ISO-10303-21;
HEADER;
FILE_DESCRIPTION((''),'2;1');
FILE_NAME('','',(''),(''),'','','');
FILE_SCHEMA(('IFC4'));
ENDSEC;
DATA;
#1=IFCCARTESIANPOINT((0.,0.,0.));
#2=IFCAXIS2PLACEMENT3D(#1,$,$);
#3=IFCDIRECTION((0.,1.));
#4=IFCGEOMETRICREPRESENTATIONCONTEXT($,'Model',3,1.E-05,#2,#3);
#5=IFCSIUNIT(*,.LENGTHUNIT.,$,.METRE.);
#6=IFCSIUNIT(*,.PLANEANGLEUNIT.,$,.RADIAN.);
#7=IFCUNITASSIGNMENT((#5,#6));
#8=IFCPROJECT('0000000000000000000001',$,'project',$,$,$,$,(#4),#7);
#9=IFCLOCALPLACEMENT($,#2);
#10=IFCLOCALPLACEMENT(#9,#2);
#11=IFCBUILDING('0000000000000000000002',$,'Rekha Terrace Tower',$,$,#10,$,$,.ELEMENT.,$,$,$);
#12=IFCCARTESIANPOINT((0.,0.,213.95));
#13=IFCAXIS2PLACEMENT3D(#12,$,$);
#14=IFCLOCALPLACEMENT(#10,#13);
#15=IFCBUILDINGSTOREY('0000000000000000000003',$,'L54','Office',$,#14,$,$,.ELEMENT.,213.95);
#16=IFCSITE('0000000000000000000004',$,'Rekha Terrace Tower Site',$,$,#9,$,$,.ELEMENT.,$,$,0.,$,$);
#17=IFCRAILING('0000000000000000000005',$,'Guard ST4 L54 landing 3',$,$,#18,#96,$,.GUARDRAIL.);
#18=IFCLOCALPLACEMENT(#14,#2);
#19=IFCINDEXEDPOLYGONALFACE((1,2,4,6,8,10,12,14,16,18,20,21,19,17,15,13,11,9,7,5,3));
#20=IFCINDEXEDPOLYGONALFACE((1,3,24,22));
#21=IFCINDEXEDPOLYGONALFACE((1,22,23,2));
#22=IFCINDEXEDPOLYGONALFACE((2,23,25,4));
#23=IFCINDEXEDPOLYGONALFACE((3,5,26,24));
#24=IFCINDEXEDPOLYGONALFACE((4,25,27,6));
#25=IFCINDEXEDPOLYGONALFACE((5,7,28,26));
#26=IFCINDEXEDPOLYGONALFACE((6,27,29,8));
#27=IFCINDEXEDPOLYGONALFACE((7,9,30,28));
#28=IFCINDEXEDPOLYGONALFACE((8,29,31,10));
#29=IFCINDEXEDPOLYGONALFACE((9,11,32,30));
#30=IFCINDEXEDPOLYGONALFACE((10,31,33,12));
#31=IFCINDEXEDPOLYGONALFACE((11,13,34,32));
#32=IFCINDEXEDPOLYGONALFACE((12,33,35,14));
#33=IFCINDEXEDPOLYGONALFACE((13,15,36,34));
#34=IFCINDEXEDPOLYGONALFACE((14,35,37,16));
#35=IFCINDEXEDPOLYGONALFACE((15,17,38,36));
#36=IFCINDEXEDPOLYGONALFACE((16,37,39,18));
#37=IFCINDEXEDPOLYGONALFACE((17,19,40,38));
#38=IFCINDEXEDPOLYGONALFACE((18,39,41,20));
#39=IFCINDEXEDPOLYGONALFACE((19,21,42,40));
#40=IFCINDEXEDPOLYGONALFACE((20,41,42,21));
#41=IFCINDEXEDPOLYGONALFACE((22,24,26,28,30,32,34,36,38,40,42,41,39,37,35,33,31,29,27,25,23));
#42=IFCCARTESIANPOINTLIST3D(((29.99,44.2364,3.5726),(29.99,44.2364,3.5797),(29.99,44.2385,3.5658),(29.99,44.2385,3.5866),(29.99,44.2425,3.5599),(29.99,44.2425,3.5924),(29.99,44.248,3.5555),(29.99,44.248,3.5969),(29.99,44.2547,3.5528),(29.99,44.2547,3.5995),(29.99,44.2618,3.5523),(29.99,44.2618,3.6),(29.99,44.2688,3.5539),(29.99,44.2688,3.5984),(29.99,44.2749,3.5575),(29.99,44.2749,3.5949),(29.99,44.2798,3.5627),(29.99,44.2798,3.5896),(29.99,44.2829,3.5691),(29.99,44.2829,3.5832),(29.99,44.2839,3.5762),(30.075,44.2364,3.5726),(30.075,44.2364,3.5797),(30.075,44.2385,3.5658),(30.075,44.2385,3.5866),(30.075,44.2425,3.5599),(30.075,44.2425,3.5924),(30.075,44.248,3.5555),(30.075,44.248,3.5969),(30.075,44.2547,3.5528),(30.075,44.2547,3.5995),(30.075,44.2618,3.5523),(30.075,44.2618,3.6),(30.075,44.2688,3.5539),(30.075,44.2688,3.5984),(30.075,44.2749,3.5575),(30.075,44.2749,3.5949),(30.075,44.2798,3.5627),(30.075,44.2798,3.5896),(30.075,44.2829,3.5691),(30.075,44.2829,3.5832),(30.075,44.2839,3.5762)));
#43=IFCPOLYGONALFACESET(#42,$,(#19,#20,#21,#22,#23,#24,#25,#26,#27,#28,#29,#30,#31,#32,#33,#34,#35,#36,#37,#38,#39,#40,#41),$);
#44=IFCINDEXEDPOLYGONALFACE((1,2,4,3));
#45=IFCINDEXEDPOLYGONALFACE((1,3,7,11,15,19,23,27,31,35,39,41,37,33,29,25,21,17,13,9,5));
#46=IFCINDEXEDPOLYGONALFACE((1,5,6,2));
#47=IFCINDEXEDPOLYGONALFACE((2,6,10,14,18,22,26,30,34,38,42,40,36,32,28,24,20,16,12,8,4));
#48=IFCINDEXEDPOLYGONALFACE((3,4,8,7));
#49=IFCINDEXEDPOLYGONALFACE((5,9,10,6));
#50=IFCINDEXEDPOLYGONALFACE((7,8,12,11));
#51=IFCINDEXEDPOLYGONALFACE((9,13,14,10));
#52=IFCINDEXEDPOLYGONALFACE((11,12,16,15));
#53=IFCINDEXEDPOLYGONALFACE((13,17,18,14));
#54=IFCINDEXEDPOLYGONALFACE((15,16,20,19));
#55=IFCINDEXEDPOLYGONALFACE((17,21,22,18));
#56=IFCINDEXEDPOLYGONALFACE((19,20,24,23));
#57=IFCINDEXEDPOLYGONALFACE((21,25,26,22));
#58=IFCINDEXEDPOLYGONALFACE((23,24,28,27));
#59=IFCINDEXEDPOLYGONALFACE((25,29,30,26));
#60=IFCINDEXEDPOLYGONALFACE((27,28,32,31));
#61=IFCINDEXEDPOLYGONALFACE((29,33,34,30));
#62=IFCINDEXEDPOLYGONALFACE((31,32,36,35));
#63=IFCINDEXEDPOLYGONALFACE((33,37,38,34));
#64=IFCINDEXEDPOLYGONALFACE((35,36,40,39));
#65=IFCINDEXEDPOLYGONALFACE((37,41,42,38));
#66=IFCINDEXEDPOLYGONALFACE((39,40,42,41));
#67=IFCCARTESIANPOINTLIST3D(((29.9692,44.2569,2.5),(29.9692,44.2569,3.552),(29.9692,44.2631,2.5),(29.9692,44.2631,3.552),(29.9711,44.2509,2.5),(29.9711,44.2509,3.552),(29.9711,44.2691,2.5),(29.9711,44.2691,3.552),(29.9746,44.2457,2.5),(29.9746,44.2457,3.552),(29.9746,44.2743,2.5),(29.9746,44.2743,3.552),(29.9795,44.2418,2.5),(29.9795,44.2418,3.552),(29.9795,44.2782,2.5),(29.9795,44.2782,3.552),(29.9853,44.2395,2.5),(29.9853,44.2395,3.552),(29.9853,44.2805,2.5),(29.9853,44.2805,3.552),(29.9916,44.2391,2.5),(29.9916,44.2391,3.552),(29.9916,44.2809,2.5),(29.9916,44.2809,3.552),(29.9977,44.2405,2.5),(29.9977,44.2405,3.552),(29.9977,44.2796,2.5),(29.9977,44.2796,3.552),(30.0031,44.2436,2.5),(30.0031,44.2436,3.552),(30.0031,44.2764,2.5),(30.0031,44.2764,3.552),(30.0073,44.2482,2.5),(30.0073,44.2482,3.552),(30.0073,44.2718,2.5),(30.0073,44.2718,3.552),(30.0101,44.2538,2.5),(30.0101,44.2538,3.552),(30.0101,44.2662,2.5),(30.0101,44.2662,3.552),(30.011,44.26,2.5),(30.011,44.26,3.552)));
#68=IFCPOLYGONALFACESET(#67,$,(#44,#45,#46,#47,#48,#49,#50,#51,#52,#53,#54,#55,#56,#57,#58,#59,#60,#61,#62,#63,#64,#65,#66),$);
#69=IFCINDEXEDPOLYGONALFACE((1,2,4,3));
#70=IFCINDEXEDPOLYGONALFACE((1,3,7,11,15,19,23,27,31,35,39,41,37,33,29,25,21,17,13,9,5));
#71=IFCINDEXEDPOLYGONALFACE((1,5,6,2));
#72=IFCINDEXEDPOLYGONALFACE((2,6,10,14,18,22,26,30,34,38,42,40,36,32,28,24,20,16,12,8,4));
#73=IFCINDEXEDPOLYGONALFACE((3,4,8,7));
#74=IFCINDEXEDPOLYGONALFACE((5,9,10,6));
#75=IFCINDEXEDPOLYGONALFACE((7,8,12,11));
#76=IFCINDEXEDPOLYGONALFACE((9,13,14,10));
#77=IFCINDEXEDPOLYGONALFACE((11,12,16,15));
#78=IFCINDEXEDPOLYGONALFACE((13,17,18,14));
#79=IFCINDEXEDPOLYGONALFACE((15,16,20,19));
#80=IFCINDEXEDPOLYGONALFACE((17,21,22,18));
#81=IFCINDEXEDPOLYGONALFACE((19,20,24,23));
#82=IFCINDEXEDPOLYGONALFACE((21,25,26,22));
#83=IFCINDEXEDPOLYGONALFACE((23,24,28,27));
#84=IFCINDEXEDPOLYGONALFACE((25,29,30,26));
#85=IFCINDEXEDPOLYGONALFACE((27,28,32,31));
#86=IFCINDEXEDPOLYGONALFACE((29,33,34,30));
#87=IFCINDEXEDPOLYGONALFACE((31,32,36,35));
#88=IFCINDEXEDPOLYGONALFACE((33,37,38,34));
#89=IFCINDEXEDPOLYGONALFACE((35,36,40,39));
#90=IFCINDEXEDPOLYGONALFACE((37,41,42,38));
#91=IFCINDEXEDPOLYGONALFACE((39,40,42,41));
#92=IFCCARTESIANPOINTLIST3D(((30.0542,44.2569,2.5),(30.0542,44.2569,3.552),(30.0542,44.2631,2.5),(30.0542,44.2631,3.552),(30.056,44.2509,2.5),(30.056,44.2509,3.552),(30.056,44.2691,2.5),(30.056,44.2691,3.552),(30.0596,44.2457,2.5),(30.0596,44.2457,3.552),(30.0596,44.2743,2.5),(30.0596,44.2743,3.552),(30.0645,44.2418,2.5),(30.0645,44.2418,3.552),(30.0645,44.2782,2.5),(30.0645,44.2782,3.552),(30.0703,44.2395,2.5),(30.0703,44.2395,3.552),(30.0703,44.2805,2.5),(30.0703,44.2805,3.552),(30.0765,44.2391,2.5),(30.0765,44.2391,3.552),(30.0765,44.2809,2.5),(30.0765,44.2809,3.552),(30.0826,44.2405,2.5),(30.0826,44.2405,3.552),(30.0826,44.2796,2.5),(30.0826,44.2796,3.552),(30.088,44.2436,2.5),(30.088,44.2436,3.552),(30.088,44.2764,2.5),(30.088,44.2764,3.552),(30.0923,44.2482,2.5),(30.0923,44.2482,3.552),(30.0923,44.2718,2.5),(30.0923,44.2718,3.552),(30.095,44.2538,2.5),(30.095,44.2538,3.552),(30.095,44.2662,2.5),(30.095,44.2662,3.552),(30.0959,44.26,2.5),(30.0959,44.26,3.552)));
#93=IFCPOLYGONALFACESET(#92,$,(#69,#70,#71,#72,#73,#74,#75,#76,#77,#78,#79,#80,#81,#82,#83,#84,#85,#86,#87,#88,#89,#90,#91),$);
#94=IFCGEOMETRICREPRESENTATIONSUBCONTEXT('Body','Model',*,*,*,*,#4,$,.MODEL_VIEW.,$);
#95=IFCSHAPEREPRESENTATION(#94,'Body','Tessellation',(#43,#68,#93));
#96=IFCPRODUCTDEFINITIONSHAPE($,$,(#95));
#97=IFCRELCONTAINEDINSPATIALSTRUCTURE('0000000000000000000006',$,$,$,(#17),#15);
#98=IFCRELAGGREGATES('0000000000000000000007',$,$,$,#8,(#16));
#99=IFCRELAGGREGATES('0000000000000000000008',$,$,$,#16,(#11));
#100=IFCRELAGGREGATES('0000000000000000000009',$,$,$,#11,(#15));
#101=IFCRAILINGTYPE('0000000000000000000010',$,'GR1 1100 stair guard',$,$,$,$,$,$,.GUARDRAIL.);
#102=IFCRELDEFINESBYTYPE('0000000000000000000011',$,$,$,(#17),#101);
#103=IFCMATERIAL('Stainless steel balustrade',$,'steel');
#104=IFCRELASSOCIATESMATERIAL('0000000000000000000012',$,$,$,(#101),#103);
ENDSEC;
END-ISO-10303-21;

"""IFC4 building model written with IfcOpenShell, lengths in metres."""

from ifc_helpers import new_model, si_unit, direction, frame, origin, origin_2d, place, context, subcontext, project, spatial, circle, extrude, material, type_object, element, save


model = new_model("IFC4")

# Units and contexts
model_context = context("Model", 3, precision=1e-05, world=origin(), true_north=direction((0.0, 1.0)))
body_context = subcontext(model_context, "Body", "Model", "MODEL_VIEW")
ifc_project = project(units=[si_unit("LENGTHUNIT", "METRE"), si_unit("PLANEANGLEUNIT", "RADIAN")], contexts=[model_context])

# Site, building, storey
site_placement = place(None, origin())
site = spatial("IfcSite", under=ifc_project, at=site_placement, Name="Rekha Terrace Tower Site", CompositionType="ELEMENT", RefElevation=0.0)
building_placement = place(site_placement, origin())
building = spatial("IfcBuilding", under=site, at=building_placement, Name="Rekha Terrace Tower", CompositionType="ELEMENT")
storey_placement = place(building_placement, frame((0.0, 0.0, 213.95)))
storey = spatial("IfcBuildingStorey", under=building, at=storey_placement, Name="L54", Description="Office", CompositionType="ELEMENT", Elevation=213.95)

# Railing
ifc_material_1 = material(Name="Stainless steel balustrade", Category="steel")
railing_type_1 = type_object("IfcRailingType", Name="GR1 1100 stair guard", PredefinedType="GUARDRAIL", material=ifc_material_1)
railing_1_placement = place(storey_placement, frame((29.99, 44.26, 2.5)))
element("IfcRailing", 1, at=railing_1_placement, inside=storey, type_object=railing_type_1, Name="Guard ST4 L54 landing 3", PredefinedType="GUARDRAIL", context=body_context, shape_type="SweptSolid", body=[
    extrude(circle(Radius=0.0239, at=origin_2d()), frame((0.0, 0.0, 1.0762), z_axis=(1.0, 0.0, 0.0), x_axis=(0.0, 1.0, 0.0)), (0.0, 0.0, 1.0), 0.085),
    extrude(circle(Radius=0.021, at=origin_2d()), origin(), (0.0, 0.0, 1.0), 1.052),
    extrude(circle(Radius=0.021, at=origin_2d()), frame((0.085, 0.0, 0.0)), (0.0, 0.0, 1.0), 1.052),
])

save(model, "model.ifc")
